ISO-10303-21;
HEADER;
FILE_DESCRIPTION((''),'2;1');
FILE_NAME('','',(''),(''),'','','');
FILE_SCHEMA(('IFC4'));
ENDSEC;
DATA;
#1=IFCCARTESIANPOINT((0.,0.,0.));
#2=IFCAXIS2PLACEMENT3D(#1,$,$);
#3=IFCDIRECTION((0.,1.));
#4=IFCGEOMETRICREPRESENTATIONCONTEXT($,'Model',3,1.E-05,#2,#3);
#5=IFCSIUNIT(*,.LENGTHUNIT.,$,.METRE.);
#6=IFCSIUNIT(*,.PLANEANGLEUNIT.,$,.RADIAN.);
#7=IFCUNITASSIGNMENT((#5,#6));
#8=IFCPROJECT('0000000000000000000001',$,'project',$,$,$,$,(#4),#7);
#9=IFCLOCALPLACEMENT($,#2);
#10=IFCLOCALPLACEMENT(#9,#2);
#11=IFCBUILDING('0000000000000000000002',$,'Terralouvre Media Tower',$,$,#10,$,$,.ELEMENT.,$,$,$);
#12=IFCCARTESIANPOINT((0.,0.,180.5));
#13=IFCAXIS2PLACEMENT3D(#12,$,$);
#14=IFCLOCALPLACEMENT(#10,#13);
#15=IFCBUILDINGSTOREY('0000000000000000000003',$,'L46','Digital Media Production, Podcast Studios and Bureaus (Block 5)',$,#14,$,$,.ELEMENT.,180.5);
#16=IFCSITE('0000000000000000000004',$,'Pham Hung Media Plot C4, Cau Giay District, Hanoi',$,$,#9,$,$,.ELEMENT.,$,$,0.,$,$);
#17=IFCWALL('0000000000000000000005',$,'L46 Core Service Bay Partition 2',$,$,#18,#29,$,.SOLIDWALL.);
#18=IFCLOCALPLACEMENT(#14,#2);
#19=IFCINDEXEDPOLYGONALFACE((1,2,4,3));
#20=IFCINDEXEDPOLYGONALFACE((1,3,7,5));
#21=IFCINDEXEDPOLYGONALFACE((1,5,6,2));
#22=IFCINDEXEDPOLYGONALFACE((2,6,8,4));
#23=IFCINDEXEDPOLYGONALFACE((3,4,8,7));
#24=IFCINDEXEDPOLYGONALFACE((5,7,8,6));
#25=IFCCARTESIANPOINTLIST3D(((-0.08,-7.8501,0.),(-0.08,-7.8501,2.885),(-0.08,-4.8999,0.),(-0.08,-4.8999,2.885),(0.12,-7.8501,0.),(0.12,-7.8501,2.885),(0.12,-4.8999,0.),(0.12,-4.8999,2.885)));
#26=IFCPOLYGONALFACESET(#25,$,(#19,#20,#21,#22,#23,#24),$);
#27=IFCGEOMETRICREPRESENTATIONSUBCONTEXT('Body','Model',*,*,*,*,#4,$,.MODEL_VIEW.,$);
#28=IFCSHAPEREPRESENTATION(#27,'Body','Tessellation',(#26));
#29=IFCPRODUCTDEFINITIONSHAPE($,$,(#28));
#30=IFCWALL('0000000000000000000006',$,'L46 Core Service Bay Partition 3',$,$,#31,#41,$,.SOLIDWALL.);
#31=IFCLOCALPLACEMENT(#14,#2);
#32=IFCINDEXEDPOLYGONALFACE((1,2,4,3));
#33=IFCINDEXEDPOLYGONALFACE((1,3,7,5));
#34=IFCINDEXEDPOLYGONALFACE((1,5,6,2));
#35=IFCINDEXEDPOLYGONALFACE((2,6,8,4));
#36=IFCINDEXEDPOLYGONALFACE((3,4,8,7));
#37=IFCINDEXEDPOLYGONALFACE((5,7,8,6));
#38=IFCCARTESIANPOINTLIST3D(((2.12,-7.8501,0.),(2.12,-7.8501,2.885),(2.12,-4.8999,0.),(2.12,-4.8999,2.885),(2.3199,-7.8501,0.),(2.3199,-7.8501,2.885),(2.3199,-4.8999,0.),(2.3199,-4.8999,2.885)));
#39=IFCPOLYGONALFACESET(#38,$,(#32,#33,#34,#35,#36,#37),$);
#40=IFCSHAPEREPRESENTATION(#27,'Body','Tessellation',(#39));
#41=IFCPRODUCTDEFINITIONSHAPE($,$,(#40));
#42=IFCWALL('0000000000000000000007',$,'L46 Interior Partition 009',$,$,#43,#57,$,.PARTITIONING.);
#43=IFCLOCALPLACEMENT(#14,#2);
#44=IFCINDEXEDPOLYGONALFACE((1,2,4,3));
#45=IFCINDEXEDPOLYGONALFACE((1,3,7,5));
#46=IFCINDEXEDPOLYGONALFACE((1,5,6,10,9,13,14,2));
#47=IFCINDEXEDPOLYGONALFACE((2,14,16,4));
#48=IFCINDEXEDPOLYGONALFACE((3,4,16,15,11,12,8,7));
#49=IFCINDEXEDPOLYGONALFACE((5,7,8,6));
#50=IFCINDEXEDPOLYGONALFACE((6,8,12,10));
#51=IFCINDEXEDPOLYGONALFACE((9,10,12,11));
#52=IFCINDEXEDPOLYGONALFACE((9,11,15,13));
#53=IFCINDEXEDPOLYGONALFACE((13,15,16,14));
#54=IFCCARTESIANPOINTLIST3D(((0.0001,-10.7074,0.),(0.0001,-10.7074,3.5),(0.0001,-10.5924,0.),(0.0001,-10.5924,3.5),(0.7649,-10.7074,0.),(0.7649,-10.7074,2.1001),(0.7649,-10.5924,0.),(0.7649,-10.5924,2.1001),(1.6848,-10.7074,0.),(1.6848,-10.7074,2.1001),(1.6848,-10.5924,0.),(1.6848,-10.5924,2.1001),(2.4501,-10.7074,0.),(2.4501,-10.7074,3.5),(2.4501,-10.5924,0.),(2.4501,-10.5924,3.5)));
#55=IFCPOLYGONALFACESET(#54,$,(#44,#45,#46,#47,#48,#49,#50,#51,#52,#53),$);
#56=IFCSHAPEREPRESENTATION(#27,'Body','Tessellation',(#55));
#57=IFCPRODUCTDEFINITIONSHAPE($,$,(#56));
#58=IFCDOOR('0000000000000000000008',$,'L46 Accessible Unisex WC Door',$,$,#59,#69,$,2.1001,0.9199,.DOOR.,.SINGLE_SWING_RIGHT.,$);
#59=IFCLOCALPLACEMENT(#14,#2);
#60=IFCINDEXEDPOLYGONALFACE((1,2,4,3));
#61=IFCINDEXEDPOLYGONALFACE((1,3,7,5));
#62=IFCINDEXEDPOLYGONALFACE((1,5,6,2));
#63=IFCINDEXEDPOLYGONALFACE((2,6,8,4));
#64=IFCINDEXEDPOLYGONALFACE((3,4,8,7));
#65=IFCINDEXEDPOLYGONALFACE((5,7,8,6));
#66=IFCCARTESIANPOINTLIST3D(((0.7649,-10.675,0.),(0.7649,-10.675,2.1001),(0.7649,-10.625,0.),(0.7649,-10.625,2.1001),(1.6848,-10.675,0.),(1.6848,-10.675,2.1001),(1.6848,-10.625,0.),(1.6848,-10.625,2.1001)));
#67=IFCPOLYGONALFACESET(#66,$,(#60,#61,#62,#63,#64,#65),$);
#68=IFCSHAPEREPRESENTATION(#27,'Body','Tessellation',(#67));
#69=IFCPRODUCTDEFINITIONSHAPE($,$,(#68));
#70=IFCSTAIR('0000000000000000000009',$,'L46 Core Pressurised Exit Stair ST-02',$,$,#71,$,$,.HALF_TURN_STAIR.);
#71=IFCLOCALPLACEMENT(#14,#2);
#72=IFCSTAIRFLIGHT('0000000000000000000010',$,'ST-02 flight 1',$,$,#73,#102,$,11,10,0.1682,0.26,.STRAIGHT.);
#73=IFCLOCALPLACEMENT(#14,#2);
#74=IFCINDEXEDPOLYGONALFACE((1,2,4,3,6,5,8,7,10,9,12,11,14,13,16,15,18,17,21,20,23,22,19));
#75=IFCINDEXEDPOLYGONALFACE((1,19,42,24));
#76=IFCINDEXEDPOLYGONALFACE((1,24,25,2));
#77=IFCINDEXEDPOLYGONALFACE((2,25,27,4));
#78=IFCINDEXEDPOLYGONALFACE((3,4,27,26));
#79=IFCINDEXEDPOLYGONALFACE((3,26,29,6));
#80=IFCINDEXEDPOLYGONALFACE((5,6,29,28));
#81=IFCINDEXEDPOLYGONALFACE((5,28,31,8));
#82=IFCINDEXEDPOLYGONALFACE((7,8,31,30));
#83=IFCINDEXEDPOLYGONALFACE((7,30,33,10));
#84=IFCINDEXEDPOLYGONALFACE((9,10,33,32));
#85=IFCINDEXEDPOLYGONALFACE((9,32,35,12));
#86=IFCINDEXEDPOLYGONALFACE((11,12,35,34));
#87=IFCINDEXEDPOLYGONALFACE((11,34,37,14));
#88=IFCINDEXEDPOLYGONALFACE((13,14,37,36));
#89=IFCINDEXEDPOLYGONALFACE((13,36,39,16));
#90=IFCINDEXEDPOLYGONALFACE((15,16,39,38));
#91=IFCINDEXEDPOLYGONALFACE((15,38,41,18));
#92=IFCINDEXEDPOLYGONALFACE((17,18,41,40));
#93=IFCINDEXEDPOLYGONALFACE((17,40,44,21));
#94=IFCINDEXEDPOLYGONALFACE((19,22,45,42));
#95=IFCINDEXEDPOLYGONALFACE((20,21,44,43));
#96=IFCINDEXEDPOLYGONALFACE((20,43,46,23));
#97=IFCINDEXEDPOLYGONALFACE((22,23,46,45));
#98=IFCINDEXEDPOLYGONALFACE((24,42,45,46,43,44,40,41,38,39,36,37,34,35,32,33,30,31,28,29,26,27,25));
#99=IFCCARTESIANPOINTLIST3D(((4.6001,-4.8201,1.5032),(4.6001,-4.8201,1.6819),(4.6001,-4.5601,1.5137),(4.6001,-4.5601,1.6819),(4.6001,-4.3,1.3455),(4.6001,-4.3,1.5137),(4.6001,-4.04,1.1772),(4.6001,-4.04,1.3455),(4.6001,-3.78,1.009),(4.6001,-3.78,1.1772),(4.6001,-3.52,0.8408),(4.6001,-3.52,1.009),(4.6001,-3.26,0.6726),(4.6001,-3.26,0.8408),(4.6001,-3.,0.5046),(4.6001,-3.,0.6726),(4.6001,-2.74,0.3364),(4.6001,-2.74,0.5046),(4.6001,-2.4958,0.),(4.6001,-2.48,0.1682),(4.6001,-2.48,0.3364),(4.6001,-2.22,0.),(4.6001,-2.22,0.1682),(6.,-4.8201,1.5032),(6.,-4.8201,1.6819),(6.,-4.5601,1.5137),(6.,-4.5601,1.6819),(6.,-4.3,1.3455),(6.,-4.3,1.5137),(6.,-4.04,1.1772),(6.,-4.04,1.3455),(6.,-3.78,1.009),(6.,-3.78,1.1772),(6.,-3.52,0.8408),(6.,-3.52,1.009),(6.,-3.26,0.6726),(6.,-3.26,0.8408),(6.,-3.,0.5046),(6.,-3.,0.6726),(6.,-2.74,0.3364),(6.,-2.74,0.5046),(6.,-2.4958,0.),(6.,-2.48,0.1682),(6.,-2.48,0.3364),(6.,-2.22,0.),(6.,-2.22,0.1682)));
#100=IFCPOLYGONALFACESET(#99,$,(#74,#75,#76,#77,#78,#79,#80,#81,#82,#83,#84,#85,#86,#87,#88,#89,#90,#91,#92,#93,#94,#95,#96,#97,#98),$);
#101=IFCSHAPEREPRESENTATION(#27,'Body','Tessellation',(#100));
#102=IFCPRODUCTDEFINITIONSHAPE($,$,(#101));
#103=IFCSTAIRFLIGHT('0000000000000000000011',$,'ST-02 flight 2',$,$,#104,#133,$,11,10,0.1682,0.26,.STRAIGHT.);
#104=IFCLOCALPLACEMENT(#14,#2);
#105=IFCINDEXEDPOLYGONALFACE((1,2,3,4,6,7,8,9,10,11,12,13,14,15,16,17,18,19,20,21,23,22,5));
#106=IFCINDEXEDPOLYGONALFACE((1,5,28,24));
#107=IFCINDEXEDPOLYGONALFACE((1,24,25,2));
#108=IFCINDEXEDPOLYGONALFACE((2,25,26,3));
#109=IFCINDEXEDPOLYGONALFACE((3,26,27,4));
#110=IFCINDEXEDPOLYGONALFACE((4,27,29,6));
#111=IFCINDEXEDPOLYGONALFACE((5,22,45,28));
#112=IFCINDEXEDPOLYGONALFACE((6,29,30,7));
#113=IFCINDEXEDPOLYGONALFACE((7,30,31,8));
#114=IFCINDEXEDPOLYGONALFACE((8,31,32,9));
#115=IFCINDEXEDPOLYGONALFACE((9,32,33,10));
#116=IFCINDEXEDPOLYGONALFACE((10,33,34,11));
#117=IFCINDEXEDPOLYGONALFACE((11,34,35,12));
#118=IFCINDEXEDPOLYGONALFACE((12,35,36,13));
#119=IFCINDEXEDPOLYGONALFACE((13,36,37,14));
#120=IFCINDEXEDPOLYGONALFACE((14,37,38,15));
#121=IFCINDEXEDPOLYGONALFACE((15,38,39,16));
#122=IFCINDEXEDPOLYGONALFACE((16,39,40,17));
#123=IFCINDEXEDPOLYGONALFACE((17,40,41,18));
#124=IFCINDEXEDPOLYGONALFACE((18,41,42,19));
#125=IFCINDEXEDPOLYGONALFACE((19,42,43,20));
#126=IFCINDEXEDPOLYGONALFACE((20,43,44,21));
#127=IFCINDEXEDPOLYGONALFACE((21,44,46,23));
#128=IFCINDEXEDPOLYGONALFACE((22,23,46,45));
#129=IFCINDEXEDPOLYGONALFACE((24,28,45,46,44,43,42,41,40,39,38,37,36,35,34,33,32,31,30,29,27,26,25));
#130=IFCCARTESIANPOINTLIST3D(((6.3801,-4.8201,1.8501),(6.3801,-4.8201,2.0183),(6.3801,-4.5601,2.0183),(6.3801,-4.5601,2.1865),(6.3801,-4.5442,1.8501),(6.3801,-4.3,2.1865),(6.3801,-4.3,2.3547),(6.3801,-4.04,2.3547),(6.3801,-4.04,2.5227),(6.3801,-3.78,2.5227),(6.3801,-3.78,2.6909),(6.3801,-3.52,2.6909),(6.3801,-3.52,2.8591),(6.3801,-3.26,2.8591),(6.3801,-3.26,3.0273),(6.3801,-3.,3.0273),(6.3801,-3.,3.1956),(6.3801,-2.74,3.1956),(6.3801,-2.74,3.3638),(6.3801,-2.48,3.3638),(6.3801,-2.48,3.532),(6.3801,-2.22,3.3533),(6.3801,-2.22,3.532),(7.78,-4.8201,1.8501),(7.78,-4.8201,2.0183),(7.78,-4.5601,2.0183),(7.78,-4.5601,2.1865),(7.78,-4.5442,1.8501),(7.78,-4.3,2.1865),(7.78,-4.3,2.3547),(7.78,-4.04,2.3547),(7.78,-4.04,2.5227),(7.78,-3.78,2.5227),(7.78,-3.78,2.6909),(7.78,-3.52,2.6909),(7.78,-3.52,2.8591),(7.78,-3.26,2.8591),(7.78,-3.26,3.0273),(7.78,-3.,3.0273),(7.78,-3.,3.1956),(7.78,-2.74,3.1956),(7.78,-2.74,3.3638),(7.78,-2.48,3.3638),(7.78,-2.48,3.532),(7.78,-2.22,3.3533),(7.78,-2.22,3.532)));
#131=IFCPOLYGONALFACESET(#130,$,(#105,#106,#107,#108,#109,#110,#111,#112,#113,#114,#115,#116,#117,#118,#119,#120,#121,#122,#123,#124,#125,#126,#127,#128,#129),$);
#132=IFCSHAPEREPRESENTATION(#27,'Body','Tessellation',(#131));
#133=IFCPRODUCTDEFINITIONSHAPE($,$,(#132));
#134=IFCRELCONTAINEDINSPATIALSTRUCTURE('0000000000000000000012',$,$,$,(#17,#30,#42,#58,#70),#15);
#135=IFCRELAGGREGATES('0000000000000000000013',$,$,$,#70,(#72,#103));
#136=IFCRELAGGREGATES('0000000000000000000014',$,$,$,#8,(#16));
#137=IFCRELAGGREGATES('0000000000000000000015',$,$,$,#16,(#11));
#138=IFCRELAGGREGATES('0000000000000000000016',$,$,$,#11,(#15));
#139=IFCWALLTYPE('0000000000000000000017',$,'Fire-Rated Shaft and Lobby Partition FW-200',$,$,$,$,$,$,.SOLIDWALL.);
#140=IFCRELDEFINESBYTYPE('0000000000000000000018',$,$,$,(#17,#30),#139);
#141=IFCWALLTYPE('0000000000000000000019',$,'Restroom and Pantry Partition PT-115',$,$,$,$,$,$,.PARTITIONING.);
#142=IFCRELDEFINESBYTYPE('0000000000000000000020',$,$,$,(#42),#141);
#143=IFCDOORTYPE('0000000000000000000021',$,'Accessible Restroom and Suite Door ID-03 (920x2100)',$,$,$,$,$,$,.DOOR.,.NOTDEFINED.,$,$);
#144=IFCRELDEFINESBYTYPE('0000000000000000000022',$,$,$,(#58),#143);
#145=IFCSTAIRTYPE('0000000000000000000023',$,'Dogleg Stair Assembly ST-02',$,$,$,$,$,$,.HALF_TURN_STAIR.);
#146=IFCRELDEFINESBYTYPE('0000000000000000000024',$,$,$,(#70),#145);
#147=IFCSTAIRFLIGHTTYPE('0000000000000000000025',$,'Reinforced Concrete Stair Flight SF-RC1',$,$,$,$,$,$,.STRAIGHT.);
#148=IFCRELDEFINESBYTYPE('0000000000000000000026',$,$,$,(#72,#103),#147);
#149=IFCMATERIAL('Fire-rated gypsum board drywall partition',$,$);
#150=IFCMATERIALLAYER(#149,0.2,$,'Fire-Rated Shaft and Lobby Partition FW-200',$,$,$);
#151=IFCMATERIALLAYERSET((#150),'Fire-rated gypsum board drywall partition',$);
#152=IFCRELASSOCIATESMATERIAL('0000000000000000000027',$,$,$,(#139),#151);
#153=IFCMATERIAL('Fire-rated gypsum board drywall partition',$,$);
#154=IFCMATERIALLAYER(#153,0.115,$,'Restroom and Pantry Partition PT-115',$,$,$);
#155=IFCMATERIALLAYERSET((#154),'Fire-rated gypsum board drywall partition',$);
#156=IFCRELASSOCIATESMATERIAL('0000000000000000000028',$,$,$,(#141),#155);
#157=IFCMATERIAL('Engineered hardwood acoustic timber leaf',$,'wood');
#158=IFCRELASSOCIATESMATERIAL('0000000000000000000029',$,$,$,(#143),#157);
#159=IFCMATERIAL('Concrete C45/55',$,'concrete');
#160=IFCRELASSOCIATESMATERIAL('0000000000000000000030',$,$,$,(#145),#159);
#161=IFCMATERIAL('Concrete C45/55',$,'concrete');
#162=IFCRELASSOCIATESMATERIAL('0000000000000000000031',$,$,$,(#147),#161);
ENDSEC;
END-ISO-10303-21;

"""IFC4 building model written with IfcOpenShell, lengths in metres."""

from ifc_helpers import new_model, si_unit, direction, frame, frame_2d, origin, place, context, subcontext, project, spatial, polyline, rectangle, outline, extrude, material, layer, layer_set, type_object, element, fill, aggregate, save


model = new_model("IFC4")

# Units and contexts
model_context = context("Model", 3, precision=1e-05, world=origin(), true_north=direction((0.0, 1.0)))
body_context = subcontext(model_context, "Body", "Model", "MODEL_VIEW")
ifc_project = project(units=[si_unit("LENGTHUNIT", "METRE"), si_unit("PLANEANGLEUNIT", "RADIAN")], contexts=[model_context])

# Site, building, storey
site_placement = place(None, origin())
site = spatial("IfcSite", under=ifc_project, at=site_placement, Name="Pham Hung Media Plot C4, Cau Giay District, Hanoi", CompositionType="ELEMENT", RefElevation=0.0)
building_placement = place(site_placement, origin())
building = spatial("IfcBuilding", under=site, at=building_placement, Name="Terralouvre Media Tower", CompositionType="ELEMENT")
storey_placement = place(building_placement, frame((0.0, 0.0, 180.5)))
storey = spatial("IfcBuildingStorey", under=building, at=storey_placement, Name="L46", Description="Digital Media Production, Podcast Studios and Bureaus (Block 5)", CompositionType="ELEMENT", Elevation=180.5)

# Walls
ifc_material_1 = material(Name="Fire-rated gypsum board drywall partition")
ifc_layer_1 = layer(ifc_material_1, 0.2, Name="Fire-Rated Shaft and Lobby Partition FW-200")
ifc_layer_set_1 = layer_set([ifc_layer_1], Name="Fire-rated gypsum board drywall partition")
wall_type_1 = type_object("IfcWallType", Name="Fire-Rated Shaft and Lobby Partition FW-200", PredefinedType="SOLIDWALL", material=ifc_layer_set_1)
for number, where, z_axis, x_axis, name in (
    (1, (0.02, -7.8501, 0.0), (0.0, 0.0, 1.0), (0.0, 1.0, 0.0), "L46 Core Service Bay Partition 2"),
    (2, (2.22, -7.8501, 0.0), (0.0, 0.0, 1.0), (0.0, 1.0, 0.0), "L46 Core Service Bay Partition 3"),
):
    element("IfcWall", number, at=place(storey_placement, frame(where, z_axis=z_axis, x_axis=x_axis)), inside=storey, type_object=wall_type_1, Name=name, PredefinedType="SOLIDWALL", context=body_context, shape_type="SweptSolid", body=[
        extrude(rectangle(XDim=2.9502, YDim=0.2, at=frame_2d((1.4751, 0.0))), origin(), (0.0, 0.0, 1.0), 2.885),
    ])

# Wall, opening, door
ifc_material_2 = material(Name="Fire-rated gypsum board drywall partition")
ifc_layer_2 = layer(ifc_material_2, 0.115, Name="Restroom and Pantry Partition PT-115")
ifc_layer_set_2 = layer_set([ifc_layer_2], Name="Fire-rated gypsum board drywall partition")
wall_type_2 = type_object("IfcWallType", Name="Restroom and Pantry Partition PT-115", PredefinedType="PARTITIONING", material=ifc_layer_set_2)
wall_1_placement = place(storey_placement, frame((0.0, -10.6499, 0.0), z_axis=(0.0, 0.0, 1.0), x_axis=(1.0, 0.0, 0.0)))
wall_1 = element("IfcWall", 3, at=wall_1_placement, inside=storey, type_object=wall_type_2, Name="L46 Interior Partition 009", PredefinedType="PARTITIONING", context=body_context, shape_type="SweptSolid", body=[
    extrude(rectangle(XDim=2.45, YDim=0.115, at=frame_2d((1.2251, 0.0))), origin(), (0.0, 0.0, 1.0), 3.5),
])
opening_1_placement = place(wall_1_placement, frame((0.7649, 0.0, 0.0)))
opening_1 = element("IfcOpeningElement", 4, at=opening_1_placement, cuts=wall_1, PredefinedType="OPENING", context=body_context, shape_type="SweptSolid", body=[
    extrude(rectangle(XDim=0.9199, YDim=2.1001, at=frame_2d((0.46, 1.05))), frame((0.0, 0.0674, 0.0), z_axis=(0.0, -1.0, 0.0), x_axis=(1.0, 0.0, 0.0)), (0.0, 0.0, 1.0), 0.135),
])
ifc_material_3 = material(Name="Engineered hardwood acoustic timber leaf", Category="wood")
door_type_1 = type_object("IfcDoorType", Name="Accessible Restroom and Suite Door ID-03 (920x2100)", OperationType="NOTDEFINED", PredefinedType="DOOR", material=ifc_material_3)
door_1_placement = place(opening_1_placement, origin())
door_1 = element("IfcDoor", 5, at=door_1_placement, inside=storey, type_object=door_type_1, Name="L46 Accessible Unisex WC Door", OperationType="SINGLE_SWING_RIGHT", OverallHeight=2.1001, OverallWidth=0.9199, PredefinedType="DOOR", context=body_context, shape_type="SweptSolid", body=[
    extrude(rectangle(XDim=0.9199, YDim=2.1001, at=frame_2d((0.46, 1.05))), frame((0.0, 0.0249, 0.0), z_axis=(0.0, -1.0, 0.0), x_axis=(1.0, 0.0, 0.0)), (0.0, 0.0, 1.0), 0.05),
])
fill(opening_1, door_1)

# Stair, stair flights
ifc_material_4 = material(Name="Concrete C45/55", Category="concrete")
stair_type = type_object("IfcStairType", Name="Dogleg Stair Assembly ST-02", PredefinedType="HALF_TURN_STAIR", material=ifc_material_4)
stair_placement = place(storey_placement, origin())
stair = element("IfcStair", 6, at=stair_placement, inside=storey, type_object=stair_type, Name="L46 Core Pressurised Exit Stair ST-02", PredefinedType="HALF_TURN_STAIR")
ifc_material_5 = material(Name="Concrete C45/55", Category="concrete")
stair_flight_type = type_object("IfcStairFlightType", Name="Reinforced Concrete Stair Flight SF-RC1", PredefinedType="STRAIGHT", material=ifc_material_5)
stair_flight_1_placement = place(storey_placement, frame((5.3, -2.22, 0.0), z_axis=(0.0, 0.0, 1.0), x_axis=(0.0, -1.0, 0.0)))
stair_flight_1 = element("IfcStairFlight", 7, at=stair_flight_1_placement, type_object=stair_flight_type, Name="ST-02 flight 1", NumberOfRisers=11, NumberOfTreads=10, PredefinedType="STRAIGHT", RiserHeight=0.1682, TreadLength=0.26, context=body_context, shape_type="SweptSolid", body=[
    extrude(outline(polyline([(0.0, 0.0), (0.0, 0.1682), (0.26, 0.1682), (0.26, 0.3364), (0.52, 0.3364), (0.52, 0.5046), (0.78, 0.5046), (0.78, 0.6726), (1.04, 0.6726), (1.04, 0.8408), (1.3, 0.8408), (1.3, 1.009), (1.5601, 1.009), (1.5601, 1.1772), (1.8201, 1.1772), (1.8201, 1.3455), (2.0801, 1.3455), (2.0801, 1.5137), (2.3401, 1.5137), (2.3401, 1.6819), (2.6001, 1.6819), (2.6001, 1.8501), (2.6001, 1.5032), (0.2759, 0.0), (0.0, 0.0)])), frame((0.0, 0.7, 0.0), z_axis=(0.0, -1.0, 0.0), x_axis=(1.0, 0.0, 0.0)), (0.0, 0.0, 1.0), 1.3999),
])
stair_flight_2_placement = place(storey_placement, frame((7.0801, -4.8201, 1.8501), z_axis=(0.0, 0.0, 1.0), x_axis=(0.0, 1.0, 0.0)))
stair_flight_2 = element("IfcStairFlight", 8, at=stair_flight_2_placement, type_object=stair_flight_type, Name="ST-02 flight 2", NumberOfRisers=11, NumberOfTreads=10, PredefinedType="STRAIGHT", RiserHeight=0.1682, TreadLength=0.26, context=body_context, shape_type="SweptSolid", body=[
    extrude(outline(polyline([(0.0, 0.0), (0.0, 0.1682), (0.26, 0.1682), (0.26, 0.3364), (0.52, 0.3364), (0.52, 0.5046), (0.78, 0.5046), (0.78, 0.6726), (1.04, 0.6726), (1.04, 0.8408), (1.3, 0.8408), (1.3, 1.009), (1.5601, 1.009), (1.5601, 1.1772), (1.8201, 1.1772), (1.8201, 1.3455), (2.0801, 1.3455), (2.0801, 1.5137), (2.3401, 1.5137), (2.3401, 1.6819), (2.6001, 1.6819), (2.6001, 1.8501), (2.6001, 1.5032), (0.2759, 0.0), (0.0, 0.0)])), frame((0.0, 0.7, 0.0), z_axis=(0.0, -1.0, 0.0), x_axis=(1.0, 0.0, 0.0)), (0.0, 0.0, 1.0), 1.3999),
])
aggregate(stair, [stair_flight_1, stair_flight_2])

save(model, "model.ifc")
